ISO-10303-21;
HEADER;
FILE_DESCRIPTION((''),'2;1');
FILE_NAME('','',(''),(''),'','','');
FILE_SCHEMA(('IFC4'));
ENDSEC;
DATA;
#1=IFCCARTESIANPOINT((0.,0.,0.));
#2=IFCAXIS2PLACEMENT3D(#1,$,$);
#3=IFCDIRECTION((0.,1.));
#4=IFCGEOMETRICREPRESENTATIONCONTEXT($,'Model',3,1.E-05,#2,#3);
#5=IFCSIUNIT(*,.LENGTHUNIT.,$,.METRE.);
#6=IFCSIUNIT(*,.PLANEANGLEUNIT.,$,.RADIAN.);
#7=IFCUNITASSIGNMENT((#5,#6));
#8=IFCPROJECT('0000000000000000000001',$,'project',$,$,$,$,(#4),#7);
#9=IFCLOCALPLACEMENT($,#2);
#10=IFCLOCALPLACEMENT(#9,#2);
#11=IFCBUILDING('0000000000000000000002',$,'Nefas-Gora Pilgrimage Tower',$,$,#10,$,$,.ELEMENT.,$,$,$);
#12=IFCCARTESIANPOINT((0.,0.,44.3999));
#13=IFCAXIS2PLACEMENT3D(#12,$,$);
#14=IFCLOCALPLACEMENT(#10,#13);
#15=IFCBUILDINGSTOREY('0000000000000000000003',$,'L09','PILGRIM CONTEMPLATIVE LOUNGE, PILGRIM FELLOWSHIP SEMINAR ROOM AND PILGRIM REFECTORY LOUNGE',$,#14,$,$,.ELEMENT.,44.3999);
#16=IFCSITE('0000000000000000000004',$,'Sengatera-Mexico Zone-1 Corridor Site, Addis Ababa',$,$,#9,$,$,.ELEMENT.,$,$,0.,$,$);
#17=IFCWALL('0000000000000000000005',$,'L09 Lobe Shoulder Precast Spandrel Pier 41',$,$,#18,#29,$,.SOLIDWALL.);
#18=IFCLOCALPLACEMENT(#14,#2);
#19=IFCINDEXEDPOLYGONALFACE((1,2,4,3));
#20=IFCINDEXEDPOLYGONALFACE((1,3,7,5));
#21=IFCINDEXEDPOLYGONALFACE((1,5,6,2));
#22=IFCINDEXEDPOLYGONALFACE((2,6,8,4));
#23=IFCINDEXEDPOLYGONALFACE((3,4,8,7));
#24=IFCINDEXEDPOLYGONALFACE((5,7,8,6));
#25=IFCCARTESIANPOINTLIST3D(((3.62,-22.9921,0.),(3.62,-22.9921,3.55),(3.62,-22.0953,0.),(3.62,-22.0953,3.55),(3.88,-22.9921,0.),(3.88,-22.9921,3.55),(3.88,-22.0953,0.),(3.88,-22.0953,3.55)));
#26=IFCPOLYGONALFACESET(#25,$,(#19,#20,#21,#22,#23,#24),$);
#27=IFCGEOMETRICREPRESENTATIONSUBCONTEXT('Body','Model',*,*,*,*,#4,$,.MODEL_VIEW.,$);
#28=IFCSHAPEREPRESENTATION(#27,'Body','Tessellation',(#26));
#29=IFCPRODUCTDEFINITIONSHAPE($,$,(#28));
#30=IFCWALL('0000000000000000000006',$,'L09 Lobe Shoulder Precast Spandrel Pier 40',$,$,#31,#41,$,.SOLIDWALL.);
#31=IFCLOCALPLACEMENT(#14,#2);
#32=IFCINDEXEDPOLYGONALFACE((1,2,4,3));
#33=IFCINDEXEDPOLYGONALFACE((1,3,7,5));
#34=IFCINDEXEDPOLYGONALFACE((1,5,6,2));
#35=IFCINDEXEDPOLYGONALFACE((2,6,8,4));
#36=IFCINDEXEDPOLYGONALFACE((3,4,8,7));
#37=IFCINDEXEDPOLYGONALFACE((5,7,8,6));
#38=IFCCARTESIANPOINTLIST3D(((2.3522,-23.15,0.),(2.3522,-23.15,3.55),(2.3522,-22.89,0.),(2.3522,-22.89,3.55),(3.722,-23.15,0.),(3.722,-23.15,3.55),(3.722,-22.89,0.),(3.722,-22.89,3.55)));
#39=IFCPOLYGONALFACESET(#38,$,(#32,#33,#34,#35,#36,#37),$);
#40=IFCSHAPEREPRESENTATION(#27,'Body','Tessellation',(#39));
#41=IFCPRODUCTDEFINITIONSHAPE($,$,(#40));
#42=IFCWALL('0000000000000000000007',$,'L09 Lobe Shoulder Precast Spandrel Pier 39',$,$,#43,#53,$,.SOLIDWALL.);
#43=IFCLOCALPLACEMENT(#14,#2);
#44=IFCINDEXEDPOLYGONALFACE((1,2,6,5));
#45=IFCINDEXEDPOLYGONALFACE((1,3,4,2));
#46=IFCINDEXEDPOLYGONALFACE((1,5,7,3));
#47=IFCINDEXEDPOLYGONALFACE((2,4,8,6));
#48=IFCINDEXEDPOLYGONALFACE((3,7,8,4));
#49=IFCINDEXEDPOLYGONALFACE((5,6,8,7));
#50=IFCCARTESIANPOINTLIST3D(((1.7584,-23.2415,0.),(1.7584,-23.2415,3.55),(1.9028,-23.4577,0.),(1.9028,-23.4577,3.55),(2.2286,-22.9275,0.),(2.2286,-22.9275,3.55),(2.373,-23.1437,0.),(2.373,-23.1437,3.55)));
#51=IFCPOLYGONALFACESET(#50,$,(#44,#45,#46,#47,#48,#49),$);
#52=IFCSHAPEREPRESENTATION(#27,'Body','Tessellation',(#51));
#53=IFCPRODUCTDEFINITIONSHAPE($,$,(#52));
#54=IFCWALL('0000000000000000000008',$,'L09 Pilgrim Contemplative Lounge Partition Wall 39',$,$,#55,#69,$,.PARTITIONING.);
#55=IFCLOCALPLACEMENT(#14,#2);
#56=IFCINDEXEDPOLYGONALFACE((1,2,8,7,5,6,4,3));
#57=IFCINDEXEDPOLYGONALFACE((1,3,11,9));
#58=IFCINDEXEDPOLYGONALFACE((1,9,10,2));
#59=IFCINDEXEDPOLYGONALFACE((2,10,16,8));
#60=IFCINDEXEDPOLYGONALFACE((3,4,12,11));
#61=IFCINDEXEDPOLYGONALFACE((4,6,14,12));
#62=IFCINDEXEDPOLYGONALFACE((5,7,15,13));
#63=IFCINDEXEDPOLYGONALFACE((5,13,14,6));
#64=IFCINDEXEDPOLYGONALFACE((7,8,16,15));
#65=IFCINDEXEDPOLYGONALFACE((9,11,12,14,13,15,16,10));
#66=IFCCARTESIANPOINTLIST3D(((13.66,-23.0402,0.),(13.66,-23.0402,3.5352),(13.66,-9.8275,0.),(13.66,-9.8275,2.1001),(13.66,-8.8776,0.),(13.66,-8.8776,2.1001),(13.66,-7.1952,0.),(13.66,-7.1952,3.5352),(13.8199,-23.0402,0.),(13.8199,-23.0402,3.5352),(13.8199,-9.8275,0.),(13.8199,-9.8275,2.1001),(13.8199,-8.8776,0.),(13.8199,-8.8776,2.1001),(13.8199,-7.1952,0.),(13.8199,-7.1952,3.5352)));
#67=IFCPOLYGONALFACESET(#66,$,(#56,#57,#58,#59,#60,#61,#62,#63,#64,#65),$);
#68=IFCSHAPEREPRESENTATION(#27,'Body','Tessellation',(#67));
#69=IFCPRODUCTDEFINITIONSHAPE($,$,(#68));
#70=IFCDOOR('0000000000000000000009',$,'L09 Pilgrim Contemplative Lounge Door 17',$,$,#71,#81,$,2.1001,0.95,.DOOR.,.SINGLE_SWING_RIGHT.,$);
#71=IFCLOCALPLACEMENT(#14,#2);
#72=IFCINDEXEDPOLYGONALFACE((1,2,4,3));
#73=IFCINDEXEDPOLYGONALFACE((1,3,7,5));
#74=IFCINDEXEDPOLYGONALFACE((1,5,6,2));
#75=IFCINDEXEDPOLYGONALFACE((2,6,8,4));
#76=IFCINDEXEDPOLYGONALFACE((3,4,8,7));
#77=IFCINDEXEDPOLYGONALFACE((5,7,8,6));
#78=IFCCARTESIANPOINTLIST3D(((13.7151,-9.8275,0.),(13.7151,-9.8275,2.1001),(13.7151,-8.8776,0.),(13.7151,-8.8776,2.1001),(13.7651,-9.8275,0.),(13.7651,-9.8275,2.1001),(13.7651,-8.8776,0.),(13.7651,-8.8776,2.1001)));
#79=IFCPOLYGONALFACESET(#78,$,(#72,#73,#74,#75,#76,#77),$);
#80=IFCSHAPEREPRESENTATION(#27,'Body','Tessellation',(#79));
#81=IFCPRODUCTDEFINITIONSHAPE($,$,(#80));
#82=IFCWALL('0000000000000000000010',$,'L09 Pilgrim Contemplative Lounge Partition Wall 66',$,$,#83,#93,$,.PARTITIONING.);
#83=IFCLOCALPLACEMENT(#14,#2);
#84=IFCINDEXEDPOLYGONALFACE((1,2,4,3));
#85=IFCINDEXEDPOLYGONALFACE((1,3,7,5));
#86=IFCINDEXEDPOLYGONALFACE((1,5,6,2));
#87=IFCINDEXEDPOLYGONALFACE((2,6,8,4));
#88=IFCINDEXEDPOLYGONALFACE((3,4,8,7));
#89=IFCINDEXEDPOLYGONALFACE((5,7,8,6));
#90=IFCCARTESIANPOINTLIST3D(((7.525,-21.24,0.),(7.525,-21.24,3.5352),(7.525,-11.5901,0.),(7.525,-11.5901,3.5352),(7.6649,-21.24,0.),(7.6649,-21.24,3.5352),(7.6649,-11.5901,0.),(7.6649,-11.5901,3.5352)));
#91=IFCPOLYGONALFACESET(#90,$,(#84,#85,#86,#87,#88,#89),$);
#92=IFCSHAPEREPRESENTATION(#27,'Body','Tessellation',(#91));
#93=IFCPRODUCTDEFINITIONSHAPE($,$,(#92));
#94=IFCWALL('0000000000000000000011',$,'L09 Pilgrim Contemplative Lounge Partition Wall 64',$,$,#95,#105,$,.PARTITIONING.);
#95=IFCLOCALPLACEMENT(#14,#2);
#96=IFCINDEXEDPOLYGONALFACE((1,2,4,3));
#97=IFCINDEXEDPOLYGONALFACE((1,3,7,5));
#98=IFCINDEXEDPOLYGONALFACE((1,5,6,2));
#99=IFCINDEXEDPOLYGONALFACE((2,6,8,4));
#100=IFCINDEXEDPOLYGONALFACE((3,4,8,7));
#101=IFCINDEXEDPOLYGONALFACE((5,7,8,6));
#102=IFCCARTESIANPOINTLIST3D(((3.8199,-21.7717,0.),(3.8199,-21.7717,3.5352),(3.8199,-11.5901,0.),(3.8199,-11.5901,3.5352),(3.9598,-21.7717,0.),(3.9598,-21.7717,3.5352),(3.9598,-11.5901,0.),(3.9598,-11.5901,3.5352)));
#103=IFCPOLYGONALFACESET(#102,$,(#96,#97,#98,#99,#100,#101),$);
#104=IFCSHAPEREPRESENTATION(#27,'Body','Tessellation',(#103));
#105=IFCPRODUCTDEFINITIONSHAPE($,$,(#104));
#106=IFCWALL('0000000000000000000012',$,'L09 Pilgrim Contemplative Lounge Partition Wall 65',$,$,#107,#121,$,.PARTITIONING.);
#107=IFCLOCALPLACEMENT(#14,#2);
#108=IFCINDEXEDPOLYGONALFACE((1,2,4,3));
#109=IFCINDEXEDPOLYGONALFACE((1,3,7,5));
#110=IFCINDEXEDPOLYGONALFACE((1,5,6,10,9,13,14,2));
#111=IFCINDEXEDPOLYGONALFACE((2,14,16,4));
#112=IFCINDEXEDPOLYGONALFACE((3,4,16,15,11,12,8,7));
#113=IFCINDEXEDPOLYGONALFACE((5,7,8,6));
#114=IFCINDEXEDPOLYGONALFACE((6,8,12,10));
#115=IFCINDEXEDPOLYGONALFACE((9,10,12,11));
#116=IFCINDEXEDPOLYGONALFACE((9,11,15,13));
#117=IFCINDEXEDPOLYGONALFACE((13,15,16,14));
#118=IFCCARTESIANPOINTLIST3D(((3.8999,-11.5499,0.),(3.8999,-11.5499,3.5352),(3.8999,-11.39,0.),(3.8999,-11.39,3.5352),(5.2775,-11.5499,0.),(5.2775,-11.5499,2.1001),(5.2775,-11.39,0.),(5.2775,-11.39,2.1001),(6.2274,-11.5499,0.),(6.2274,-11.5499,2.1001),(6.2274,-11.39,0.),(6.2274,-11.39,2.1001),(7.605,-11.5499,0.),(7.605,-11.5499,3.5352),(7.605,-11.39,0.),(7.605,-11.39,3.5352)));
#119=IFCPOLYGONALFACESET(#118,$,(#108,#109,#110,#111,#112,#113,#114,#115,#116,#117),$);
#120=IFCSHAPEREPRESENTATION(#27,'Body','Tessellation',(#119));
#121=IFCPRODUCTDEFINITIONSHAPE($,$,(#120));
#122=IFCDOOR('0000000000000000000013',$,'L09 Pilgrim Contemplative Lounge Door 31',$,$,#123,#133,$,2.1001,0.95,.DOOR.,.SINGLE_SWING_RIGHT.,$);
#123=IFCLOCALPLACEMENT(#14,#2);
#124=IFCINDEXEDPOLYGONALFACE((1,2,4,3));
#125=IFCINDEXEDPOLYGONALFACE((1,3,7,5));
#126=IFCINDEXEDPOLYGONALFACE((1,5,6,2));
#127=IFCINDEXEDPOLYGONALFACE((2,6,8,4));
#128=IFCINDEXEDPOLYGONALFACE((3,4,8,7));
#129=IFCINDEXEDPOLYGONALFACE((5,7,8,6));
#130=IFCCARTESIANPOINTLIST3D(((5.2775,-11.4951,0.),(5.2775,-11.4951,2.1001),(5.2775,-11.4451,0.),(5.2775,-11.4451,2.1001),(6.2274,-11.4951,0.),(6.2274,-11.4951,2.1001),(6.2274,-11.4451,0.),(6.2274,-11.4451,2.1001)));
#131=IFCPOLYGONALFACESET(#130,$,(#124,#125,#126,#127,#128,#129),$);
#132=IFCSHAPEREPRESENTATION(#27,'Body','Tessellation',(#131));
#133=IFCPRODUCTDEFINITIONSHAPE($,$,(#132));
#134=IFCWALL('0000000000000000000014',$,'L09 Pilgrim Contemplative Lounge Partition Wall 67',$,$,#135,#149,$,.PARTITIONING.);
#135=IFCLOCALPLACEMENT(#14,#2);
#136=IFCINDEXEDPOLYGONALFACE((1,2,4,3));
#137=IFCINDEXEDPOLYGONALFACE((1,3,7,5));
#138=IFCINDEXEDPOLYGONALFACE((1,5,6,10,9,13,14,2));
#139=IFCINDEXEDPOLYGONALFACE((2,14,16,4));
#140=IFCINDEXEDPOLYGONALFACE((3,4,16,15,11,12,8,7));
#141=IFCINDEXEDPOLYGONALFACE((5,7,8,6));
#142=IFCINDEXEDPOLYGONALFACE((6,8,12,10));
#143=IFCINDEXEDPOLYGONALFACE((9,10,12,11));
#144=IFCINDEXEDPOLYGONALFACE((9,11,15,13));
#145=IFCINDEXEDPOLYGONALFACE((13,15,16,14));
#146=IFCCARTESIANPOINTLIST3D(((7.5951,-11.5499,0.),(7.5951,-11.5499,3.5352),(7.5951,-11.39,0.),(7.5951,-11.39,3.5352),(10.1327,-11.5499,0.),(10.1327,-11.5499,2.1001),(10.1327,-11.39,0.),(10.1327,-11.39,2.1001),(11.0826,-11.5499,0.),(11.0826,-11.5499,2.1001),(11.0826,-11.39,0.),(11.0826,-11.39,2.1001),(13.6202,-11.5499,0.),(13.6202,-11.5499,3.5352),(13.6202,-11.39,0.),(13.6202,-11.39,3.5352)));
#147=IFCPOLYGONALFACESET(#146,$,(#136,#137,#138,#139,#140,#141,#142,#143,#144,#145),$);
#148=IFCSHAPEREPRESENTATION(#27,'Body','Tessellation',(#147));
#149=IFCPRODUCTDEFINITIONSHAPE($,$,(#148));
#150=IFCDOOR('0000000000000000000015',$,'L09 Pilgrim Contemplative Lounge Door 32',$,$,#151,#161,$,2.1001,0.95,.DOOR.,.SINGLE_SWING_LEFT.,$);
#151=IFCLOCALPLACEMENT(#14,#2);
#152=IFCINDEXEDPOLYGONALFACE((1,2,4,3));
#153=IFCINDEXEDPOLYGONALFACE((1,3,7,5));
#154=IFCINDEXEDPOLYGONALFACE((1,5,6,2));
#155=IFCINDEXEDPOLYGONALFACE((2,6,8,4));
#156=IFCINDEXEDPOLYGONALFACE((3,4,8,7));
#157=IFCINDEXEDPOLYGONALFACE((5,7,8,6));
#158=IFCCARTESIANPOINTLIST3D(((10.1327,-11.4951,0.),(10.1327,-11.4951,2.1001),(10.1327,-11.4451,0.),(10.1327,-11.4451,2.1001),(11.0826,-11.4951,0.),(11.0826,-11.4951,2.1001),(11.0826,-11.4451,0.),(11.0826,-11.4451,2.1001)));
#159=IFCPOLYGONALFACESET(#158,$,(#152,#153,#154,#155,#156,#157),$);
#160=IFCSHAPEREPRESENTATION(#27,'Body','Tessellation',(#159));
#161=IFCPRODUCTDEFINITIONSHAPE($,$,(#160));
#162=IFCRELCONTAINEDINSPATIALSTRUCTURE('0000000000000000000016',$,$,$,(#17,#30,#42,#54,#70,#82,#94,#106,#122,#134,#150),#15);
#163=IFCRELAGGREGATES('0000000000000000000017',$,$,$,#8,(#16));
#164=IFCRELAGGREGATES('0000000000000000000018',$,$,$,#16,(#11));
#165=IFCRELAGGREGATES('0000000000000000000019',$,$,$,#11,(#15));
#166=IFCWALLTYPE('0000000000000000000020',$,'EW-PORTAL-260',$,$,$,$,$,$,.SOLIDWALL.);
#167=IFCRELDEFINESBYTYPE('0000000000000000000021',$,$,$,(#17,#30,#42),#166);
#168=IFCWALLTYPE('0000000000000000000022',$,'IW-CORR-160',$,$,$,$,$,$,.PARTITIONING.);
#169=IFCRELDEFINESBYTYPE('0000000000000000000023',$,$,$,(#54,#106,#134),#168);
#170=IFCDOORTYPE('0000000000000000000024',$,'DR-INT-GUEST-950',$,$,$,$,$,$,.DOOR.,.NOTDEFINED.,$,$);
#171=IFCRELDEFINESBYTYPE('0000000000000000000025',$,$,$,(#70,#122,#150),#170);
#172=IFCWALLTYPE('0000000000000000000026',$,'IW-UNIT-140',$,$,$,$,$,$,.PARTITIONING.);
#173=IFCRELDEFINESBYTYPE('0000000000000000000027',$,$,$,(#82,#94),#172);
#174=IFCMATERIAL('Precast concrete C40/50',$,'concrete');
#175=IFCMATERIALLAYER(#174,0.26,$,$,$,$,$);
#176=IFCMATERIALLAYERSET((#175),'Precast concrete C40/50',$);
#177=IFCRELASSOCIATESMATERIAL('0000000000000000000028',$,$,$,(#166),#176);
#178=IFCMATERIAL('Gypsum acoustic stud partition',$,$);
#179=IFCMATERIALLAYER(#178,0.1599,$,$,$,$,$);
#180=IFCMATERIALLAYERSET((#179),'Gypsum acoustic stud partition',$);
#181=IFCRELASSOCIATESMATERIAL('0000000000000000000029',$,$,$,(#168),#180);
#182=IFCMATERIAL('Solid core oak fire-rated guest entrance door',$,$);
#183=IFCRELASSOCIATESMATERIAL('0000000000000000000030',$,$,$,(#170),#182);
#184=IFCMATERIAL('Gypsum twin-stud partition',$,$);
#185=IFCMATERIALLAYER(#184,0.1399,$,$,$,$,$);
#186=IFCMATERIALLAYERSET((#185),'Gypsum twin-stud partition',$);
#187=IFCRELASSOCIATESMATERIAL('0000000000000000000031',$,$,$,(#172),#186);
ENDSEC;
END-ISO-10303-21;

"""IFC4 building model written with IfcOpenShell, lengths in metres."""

from ifc_helpers import new_model, si_unit, direction, frame, frame_2d, origin, place, context, subcontext, project, spatial, rectangle, extrude, source, transform, mapped, material, layer, layer_set, type_object, element, fill, save


model = new_model("IFC4")

# Units and contexts
model_context = context("Model", 3, precision=1e-05, world=origin(), true_north=direction((0.0, 1.0)))
body_context = subcontext(model_context, "Body", "Model", "MODEL_VIEW")
ifc_project = project(units=[si_unit("LENGTHUNIT", "METRE"), si_unit("PLANEANGLEUNIT", "RADIAN")], contexts=[model_context])

# Site, building, storey
site_placement = place(None, origin())
site = spatial("IfcSite", under=ifc_project, at=site_placement, Name="Sengatera-Mexico Zone-1 Corridor Site, Addis Ababa", CompositionType="ELEMENT", RefElevation=0.0)
building_placement = place(site_placement, origin())
building = spatial("IfcBuilding", under=site, at=building_placement, Name="Nefas-Gora Pilgrimage Tower", CompositionType="ELEMENT")
storey_placement = place(building_placement, frame((0.0, 0.0, 44.3999)))
storey = spatial("IfcBuildingStorey", under=building, at=storey_placement, Name="L09", Description="PILGRIM CONTEMPLATIVE LOUNGE, PILGRIM FELLOWSHIP SEMINAR ROOM AND PILGRIM REFECTORY LOUNGE", CompositionType="ELEMENT", Elevation=44.3999)

# Walls
ifc_material_1 = material(Name="Precast concrete C40/50", Category="concrete")
ifc_layer_1 = layer(ifc_material_1, 0.26)
ifc_layer_set_1 = layer_set([ifc_layer_1], Name="Precast concrete C40/50")
wall_type_1 = type_object("IfcWallType", Name="EW-PORTAL-260", PredefinedType="SOLIDWALL", material=ifc_layer_set_1)
shared_shape_1 = source(origin(), body_context, "Body", "SweptSolid", [
    extrude(rectangle(XDim=0.8967, YDim=0.26, at=frame_2d((0.4482, 0.0))), origin(), (0.0, 0.0, 1.0), 3.55),
])
wall_1_placement = place(storey_placement, frame((3.75, -22.9919, 0.0), z_axis=(0.0, 0.0, 1.0), x_axis=(0.0, 1.0, 0.0)))
element("IfcWall", 1, at=wall_1_placement, inside=storey, type_object=wall_type_1, Name="L09 Lobe Shoulder Precast Spandrel Pier 41", PredefinedType="SOLIDWALL", context=body_context, shape_type="MappedRepresentation", body=[
    mapped(shared_shape_1, transform((0.0, 0.0, 0.0), x_axis=(1.0, 0.0, 0.0), y_axis=(0.0, 1.0, 0.0), z_axis=(0.0, 0.0, 1.0), scale=1.0)),
])
shared_shape_2 = source(origin(), body_context, "Body", "SweptSolid", [
    extrude(rectangle(XDim=1.3699, YDim=0.26, at=frame_2d((0.6851, 0.0))), origin(), (0.0, 0.0, 1.0), 3.55),
])
wall_2_placement = place(storey_placement, frame((2.3521, -23.02, 0.0), z_axis=(0.0, 0.0, 1.0), x_axis=(1.0, 0.0, 0.0)))
element("IfcWall", 2, at=wall_2_placement, inside=storey, type_object=wall_type_1, Name="L09 Lobe Shoulder Precast Spandrel Pier 40", PredefinedType="SOLIDWALL", context=body_context, shape_type="MappedRepresentation", body=[
    mapped(shared_shape_2, transform((0.0, 0.0, 0.0), x_axis=(1.0, 0.0, 0.0), y_axis=(0.0, 1.0, 0.0), z_axis=(0.0, 0.0, 1.0), scale=1.0)),
])
shared_shape_3 = source(origin(), body_context, "Body", "SweptSolid", [
    extrude(rectangle(XDim=0.5654, YDim=0.26, at=frame_2d((0.2827, 0.0))), origin(), (0.0, 0.0, 1.0), 3.55),
])
wall_3_placement = place(storey_placement, frame((1.8306, -23.3496, 0.0), z_axis=(0.0, 0.0, 1.0), x_axis=(0.831651, 0.555298, 0.0)))
element("IfcWall", 3, at=wall_3_placement, inside=storey, type_object=wall_type_1, Name="L09 Lobe Shoulder Precast Spandrel Pier 39", PredefinedType="SOLIDWALL", context=body_context, shape_type="MappedRepresentation", body=[
    mapped(shared_shape_3, transform((0.0, 0.0, 0.0), x_axis=(1.0, 0.0, 0.0), y_axis=(0.0, 1.0, 0.0), z_axis=(0.0, 0.0, 1.0), scale=1.0)),
])

# Wall, opening, door
ifc_material_2 = material(Name="Gypsum acoustic stud partition")
ifc_layer_2 = layer(ifc_material_2, 0.1599)
ifc_layer_set_2 = layer_set([ifc_layer_2], Name="Gypsum acoustic stud partition")
wall_type_2 = type_object("IfcWallType", Name="IW-CORR-160", PredefinedType="PARTITIONING", material=ifc_layer_set_2)
shared_shape_4 = source(origin(), body_context, "Body", "SweptSolid", [
    extrude(rectangle(XDim=15.845, YDim=0.1599, at=frame_2d((7.9224, 0.0))), origin(), (0.0, 0.0, 1.0), 3.5352),
])
wall_4_placement = place(storey_placement, frame((13.74, -23.04, 0.0), z_axis=(0.0, 0.0, 1.0), x_axis=(0.0, 1.0, 0.0)))
wall_4 = element("IfcWall", 4, at=wall_4_placement, inside=storey, type_object=wall_type_2, Name="L09 Pilgrim Contemplative Lounge Partition Wall 39", PredefinedType="PARTITIONING", context=body_context, shape_type="MappedRepresentation", body=[
    mapped(shared_shape_4, transform((0.0, 0.0, 0.0), x_axis=(1.0, 0.0, 0.0), y_axis=(0.0, 1.0, 0.0), z_axis=(0.0, 0.0, 1.0), scale=1.0)),
])
opening_1_placement = place(wall_4_placement, frame((13.2124, 0.0, 0.0)))
opening_1 = element("IfcOpeningElement", 5, at=opening_1_placement, cuts=wall_4, PredefinedType="OPENING", context=body_context, shape_type="SweptSolid", body=[
    extrude(rectangle(XDim=0.95, YDim=2.1001, at=frame_2d((0.4751, 1.05))), frame((0.0, 0.0898, 0.0), z_axis=(0.0, -1.0, 0.0), x_axis=(1.0, 0.0, 0.0)), (0.0, 0.0, 1.0), 0.1799),
])
ifc_material_3 = material(Name="Solid core oak fire-rated guest entrance door")
door_type = type_object("IfcDoorType", Name="DR-INT-GUEST-950", OperationType="NOTDEFINED", PredefinedType="DOOR", material=ifc_material_3)
shared_shape_5 = source(origin(), body_context, "Body", "SweptSolid", [
    extrude(rectangle(XDim=0.95, YDim=2.1001, at=frame_2d((0.4751, 1.05))), frame((0.0, 0.0249, 0.0), z_axis=(0.0, -1.0, 0.0), x_axis=(1.0, 0.0, 0.0)), (0.0, 0.0, 1.0), 0.05),
])
door_1_placement = place(opening_1_placement, origin())
door_1 = element("IfcDoor", 6, at=door_1_placement, inside=storey, type_object=door_type, Name="L09 Pilgrim Contemplative Lounge Door 17", OperationType="SINGLE_SWING_RIGHT", OverallHeight=2.1001, OverallWidth=0.95, PredefinedType="DOOR", context=body_context, shape_type="MappedRepresentation", body=[
    mapped(shared_shape_5, transform((0.0, 0.0, 0.0), x_axis=(1.0, 0.0, 0.0), y_axis=(0.0, 1.0, 0.0), z_axis=(0.0, 0.0, 1.0), scale=1.0)),
])
fill(opening_1, door_1)

# Walls
ifc_material_4 = material(Name="Gypsum twin-stud partition")
ifc_layer_3 = layer(ifc_material_4, 0.1399)
ifc_layer_set_3 = layer_set([ifc_layer_3], Name="Gypsum twin-stud partition")
wall_type_3 = type_object("IfcWallType", Name="IW-UNIT-140", PredefinedType="PARTITIONING", material=ifc_layer_set_3)
shared_shape_6 = source(origin(), body_context, "Body", "SweptSolid", [
    extrude(rectangle(XDim=9.6499, YDim=0.1399, at=frame_2d((4.825, 0.0))), origin(), (0.0, 0.0, 1.0), 3.5352),
])
wall_5_placement = place(storey_placement, frame((7.595, -21.24, 0.0), z_axis=(0.0, 0.0, 1.0), x_axis=(0.0, 1.0, 0.0)))
element("IfcWall", 7, at=wall_5_placement, inside=storey, type_object=wall_type_3, Name="L09 Pilgrim Contemplative Lounge Partition Wall 66", PredefinedType="PARTITIONING", context=body_context, shape_type="MappedRepresentation", body=[
    mapped(shared_shape_6, transform((0.0, 0.0, 0.0), x_axis=(1.0, 0.0, 0.0), y_axis=(0.0, 1.0, 0.0), z_axis=(0.0, 0.0, 1.0), scale=1.0)),
])
shared_shape_7 = source(origin(), body_context, "Body", "SweptSolid", [
    extrude(rectangle(XDim=10.1816, YDim=0.1399, at=frame_2d((5.0908, 0.0))), origin(), (0.0, 0.0, 1.0), 3.5352),
])
wall_6_placement = place(storey_placement, frame((3.8899, -21.7717, 0.0), z_axis=(0.0, 0.0, 1.0), x_axis=(0.0, 1.0, 0.0)))
element("IfcWall", 8, at=wall_6_placement, inside=storey, type_object=wall_type_3, Name="L09 Pilgrim Contemplative Lounge Partition Wall 64", PredefinedType="PARTITIONING", context=body_context, shape_type="MappedRepresentation", body=[
    mapped(shared_shape_7, transform((0.0, 0.0, 0.0), x_axis=(1.0, 0.0, 0.0), y_axis=(0.0, 1.0, 0.0), z_axis=(0.0, 0.0, 1.0), scale=1.0)),
])

# Walls, openings, doors
shared_shape_8 = source(origin(), body_context, "Body", "SweptSolid", [
    extrude(rectangle(XDim=3.7051, YDim=0.1599, at=frame_2d((1.8525, 0.0))), origin(), (0.0, 0.0, 1.0), 3.5352),
])
wall_7_placement = place(storey_placement, frame((3.8999, -11.47, 0.0), z_axis=(0.0, 0.0, 1.0), x_axis=(1.0, 0.0, 0.0)))
wall_7 = element("IfcWall", 9, at=wall_7_placement, inside=storey, type_object=wall_type_2, Name="L09 Pilgrim Contemplative Lounge Partition Wall 65", PredefinedType="PARTITIONING", context=body_context, shape_type="MappedRepresentation", body=[
    mapped(shared_shape_8, transform((0.0, 0.0, 0.0), x_axis=(1.0, 0.0, 0.0), y_axis=(0.0, 1.0, 0.0), z_axis=(0.0, 0.0, 1.0), scale=1.0)),
])
opening_2_placement = place(wall_7_placement, frame((1.3774, 0.0, 0.0)))
opening_2 = element("IfcOpeningElement", 10, at=opening_2_placement, cuts=wall_7, PredefinedType="OPENING", context=body_context, shape_type="SweptSolid", body=[
    extrude(rectangle(XDim=0.95, YDim=2.1001, at=frame_2d((0.4751, 1.05))), frame((0.0, 0.0898, 0.0), z_axis=(0.0, -1.0, 0.0), x_axis=(1.0, 0.0, 0.0)), (0.0, 0.0, 1.0), 0.1799),
])
door_2_placement = place(opening_2_placement, origin())
door_2 = element("IfcDoor", 11, at=door_2_placement, inside=storey, type_object=door_type, Name="L09 Pilgrim Contemplative Lounge Door 31", OperationType="SINGLE_SWING_RIGHT", OverallHeight=2.1001, OverallWidth=0.95, PredefinedType="DOOR", context=body_context, shape_type="MappedRepresentation", body=[
    mapped(shared_shape_5, transform((0.0, 0.0, 0.0), x_axis=(1.0, 0.0, 0.0), y_axis=(0.0, 1.0, 0.0), z_axis=(0.0, 0.0, 1.0), scale=1.0)),
])
fill(opening_2, door_2)
shared_shape_9 = source(origin(), body_context, "Body", "SweptSolid", [
    extrude(rectangle(XDim=6.0251, YDim=0.1599, at=frame_2d((3.0127, 0.0))), origin(), (0.0, 0.0, 1.0), 3.5352),
])
wall_8_placement = place(storey_placement, frame((7.595, -11.47, 0.0), z_axis=(0.0, 0.0, 1.0), x_axis=(1.0, 0.0, 0.0)))
wall_8 = element("IfcWall", 12, at=wall_8_placement, inside=storey, type_object=wall_type_2, Name="L09 Pilgrim Contemplative Lounge Partition Wall 67", PredefinedType="PARTITIONING", context=body_context, shape_type="MappedRepresentation", body=[
    mapped(shared_shape_9, transform((0.0, 0.0, 0.0), x_axis=(1.0, 0.0, 0.0), y_axis=(0.0, 1.0, 0.0), z_axis=(0.0, 0.0, 1.0), scale=1.0)),
])
opening_3_placement = place(wall_8_placement, frame((2.5376, 0.0, 0.0)))
opening_3 = element("IfcOpeningElement", 13, at=opening_3_placement, cuts=wall_8, PredefinedType="OPENING", context=body_context, shape_type="SweptSolid", body=[
    extrude(rectangle(XDim=0.95, YDim=2.1001, at=frame_2d((0.4751, 1.05))), frame((0.0, 0.0898, 0.0), z_axis=(0.0, -1.0, 0.0), x_axis=(1.0, 0.0, 0.0)), (0.0, 0.0, 1.0), 0.1799),
])
door_3_placement = place(opening_3_placement, origin())
door_3 = element("IfcDoor", 14, at=door_3_placement, inside=storey, type_object=door_type, Name="L09 Pilgrim Contemplative Lounge Door 32", OperationType="SINGLE_SWING_LEFT", OverallHeight=2.1001, OverallWidth=0.95, PredefinedType="DOOR", context=body_context, shape_type="MappedRepresentation", body=[
    mapped(shared_shape_5, transform((0.0, 0.0, 0.0), x_axis=(1.0, 0.0, 0.0), y_axis=(0.0, 1.0, 0.0), z_axis=(0.0, 0.0, 1.0), scale=1.0)),
])
fill(opening_3, door_3)

save(model, "model.ifc")
